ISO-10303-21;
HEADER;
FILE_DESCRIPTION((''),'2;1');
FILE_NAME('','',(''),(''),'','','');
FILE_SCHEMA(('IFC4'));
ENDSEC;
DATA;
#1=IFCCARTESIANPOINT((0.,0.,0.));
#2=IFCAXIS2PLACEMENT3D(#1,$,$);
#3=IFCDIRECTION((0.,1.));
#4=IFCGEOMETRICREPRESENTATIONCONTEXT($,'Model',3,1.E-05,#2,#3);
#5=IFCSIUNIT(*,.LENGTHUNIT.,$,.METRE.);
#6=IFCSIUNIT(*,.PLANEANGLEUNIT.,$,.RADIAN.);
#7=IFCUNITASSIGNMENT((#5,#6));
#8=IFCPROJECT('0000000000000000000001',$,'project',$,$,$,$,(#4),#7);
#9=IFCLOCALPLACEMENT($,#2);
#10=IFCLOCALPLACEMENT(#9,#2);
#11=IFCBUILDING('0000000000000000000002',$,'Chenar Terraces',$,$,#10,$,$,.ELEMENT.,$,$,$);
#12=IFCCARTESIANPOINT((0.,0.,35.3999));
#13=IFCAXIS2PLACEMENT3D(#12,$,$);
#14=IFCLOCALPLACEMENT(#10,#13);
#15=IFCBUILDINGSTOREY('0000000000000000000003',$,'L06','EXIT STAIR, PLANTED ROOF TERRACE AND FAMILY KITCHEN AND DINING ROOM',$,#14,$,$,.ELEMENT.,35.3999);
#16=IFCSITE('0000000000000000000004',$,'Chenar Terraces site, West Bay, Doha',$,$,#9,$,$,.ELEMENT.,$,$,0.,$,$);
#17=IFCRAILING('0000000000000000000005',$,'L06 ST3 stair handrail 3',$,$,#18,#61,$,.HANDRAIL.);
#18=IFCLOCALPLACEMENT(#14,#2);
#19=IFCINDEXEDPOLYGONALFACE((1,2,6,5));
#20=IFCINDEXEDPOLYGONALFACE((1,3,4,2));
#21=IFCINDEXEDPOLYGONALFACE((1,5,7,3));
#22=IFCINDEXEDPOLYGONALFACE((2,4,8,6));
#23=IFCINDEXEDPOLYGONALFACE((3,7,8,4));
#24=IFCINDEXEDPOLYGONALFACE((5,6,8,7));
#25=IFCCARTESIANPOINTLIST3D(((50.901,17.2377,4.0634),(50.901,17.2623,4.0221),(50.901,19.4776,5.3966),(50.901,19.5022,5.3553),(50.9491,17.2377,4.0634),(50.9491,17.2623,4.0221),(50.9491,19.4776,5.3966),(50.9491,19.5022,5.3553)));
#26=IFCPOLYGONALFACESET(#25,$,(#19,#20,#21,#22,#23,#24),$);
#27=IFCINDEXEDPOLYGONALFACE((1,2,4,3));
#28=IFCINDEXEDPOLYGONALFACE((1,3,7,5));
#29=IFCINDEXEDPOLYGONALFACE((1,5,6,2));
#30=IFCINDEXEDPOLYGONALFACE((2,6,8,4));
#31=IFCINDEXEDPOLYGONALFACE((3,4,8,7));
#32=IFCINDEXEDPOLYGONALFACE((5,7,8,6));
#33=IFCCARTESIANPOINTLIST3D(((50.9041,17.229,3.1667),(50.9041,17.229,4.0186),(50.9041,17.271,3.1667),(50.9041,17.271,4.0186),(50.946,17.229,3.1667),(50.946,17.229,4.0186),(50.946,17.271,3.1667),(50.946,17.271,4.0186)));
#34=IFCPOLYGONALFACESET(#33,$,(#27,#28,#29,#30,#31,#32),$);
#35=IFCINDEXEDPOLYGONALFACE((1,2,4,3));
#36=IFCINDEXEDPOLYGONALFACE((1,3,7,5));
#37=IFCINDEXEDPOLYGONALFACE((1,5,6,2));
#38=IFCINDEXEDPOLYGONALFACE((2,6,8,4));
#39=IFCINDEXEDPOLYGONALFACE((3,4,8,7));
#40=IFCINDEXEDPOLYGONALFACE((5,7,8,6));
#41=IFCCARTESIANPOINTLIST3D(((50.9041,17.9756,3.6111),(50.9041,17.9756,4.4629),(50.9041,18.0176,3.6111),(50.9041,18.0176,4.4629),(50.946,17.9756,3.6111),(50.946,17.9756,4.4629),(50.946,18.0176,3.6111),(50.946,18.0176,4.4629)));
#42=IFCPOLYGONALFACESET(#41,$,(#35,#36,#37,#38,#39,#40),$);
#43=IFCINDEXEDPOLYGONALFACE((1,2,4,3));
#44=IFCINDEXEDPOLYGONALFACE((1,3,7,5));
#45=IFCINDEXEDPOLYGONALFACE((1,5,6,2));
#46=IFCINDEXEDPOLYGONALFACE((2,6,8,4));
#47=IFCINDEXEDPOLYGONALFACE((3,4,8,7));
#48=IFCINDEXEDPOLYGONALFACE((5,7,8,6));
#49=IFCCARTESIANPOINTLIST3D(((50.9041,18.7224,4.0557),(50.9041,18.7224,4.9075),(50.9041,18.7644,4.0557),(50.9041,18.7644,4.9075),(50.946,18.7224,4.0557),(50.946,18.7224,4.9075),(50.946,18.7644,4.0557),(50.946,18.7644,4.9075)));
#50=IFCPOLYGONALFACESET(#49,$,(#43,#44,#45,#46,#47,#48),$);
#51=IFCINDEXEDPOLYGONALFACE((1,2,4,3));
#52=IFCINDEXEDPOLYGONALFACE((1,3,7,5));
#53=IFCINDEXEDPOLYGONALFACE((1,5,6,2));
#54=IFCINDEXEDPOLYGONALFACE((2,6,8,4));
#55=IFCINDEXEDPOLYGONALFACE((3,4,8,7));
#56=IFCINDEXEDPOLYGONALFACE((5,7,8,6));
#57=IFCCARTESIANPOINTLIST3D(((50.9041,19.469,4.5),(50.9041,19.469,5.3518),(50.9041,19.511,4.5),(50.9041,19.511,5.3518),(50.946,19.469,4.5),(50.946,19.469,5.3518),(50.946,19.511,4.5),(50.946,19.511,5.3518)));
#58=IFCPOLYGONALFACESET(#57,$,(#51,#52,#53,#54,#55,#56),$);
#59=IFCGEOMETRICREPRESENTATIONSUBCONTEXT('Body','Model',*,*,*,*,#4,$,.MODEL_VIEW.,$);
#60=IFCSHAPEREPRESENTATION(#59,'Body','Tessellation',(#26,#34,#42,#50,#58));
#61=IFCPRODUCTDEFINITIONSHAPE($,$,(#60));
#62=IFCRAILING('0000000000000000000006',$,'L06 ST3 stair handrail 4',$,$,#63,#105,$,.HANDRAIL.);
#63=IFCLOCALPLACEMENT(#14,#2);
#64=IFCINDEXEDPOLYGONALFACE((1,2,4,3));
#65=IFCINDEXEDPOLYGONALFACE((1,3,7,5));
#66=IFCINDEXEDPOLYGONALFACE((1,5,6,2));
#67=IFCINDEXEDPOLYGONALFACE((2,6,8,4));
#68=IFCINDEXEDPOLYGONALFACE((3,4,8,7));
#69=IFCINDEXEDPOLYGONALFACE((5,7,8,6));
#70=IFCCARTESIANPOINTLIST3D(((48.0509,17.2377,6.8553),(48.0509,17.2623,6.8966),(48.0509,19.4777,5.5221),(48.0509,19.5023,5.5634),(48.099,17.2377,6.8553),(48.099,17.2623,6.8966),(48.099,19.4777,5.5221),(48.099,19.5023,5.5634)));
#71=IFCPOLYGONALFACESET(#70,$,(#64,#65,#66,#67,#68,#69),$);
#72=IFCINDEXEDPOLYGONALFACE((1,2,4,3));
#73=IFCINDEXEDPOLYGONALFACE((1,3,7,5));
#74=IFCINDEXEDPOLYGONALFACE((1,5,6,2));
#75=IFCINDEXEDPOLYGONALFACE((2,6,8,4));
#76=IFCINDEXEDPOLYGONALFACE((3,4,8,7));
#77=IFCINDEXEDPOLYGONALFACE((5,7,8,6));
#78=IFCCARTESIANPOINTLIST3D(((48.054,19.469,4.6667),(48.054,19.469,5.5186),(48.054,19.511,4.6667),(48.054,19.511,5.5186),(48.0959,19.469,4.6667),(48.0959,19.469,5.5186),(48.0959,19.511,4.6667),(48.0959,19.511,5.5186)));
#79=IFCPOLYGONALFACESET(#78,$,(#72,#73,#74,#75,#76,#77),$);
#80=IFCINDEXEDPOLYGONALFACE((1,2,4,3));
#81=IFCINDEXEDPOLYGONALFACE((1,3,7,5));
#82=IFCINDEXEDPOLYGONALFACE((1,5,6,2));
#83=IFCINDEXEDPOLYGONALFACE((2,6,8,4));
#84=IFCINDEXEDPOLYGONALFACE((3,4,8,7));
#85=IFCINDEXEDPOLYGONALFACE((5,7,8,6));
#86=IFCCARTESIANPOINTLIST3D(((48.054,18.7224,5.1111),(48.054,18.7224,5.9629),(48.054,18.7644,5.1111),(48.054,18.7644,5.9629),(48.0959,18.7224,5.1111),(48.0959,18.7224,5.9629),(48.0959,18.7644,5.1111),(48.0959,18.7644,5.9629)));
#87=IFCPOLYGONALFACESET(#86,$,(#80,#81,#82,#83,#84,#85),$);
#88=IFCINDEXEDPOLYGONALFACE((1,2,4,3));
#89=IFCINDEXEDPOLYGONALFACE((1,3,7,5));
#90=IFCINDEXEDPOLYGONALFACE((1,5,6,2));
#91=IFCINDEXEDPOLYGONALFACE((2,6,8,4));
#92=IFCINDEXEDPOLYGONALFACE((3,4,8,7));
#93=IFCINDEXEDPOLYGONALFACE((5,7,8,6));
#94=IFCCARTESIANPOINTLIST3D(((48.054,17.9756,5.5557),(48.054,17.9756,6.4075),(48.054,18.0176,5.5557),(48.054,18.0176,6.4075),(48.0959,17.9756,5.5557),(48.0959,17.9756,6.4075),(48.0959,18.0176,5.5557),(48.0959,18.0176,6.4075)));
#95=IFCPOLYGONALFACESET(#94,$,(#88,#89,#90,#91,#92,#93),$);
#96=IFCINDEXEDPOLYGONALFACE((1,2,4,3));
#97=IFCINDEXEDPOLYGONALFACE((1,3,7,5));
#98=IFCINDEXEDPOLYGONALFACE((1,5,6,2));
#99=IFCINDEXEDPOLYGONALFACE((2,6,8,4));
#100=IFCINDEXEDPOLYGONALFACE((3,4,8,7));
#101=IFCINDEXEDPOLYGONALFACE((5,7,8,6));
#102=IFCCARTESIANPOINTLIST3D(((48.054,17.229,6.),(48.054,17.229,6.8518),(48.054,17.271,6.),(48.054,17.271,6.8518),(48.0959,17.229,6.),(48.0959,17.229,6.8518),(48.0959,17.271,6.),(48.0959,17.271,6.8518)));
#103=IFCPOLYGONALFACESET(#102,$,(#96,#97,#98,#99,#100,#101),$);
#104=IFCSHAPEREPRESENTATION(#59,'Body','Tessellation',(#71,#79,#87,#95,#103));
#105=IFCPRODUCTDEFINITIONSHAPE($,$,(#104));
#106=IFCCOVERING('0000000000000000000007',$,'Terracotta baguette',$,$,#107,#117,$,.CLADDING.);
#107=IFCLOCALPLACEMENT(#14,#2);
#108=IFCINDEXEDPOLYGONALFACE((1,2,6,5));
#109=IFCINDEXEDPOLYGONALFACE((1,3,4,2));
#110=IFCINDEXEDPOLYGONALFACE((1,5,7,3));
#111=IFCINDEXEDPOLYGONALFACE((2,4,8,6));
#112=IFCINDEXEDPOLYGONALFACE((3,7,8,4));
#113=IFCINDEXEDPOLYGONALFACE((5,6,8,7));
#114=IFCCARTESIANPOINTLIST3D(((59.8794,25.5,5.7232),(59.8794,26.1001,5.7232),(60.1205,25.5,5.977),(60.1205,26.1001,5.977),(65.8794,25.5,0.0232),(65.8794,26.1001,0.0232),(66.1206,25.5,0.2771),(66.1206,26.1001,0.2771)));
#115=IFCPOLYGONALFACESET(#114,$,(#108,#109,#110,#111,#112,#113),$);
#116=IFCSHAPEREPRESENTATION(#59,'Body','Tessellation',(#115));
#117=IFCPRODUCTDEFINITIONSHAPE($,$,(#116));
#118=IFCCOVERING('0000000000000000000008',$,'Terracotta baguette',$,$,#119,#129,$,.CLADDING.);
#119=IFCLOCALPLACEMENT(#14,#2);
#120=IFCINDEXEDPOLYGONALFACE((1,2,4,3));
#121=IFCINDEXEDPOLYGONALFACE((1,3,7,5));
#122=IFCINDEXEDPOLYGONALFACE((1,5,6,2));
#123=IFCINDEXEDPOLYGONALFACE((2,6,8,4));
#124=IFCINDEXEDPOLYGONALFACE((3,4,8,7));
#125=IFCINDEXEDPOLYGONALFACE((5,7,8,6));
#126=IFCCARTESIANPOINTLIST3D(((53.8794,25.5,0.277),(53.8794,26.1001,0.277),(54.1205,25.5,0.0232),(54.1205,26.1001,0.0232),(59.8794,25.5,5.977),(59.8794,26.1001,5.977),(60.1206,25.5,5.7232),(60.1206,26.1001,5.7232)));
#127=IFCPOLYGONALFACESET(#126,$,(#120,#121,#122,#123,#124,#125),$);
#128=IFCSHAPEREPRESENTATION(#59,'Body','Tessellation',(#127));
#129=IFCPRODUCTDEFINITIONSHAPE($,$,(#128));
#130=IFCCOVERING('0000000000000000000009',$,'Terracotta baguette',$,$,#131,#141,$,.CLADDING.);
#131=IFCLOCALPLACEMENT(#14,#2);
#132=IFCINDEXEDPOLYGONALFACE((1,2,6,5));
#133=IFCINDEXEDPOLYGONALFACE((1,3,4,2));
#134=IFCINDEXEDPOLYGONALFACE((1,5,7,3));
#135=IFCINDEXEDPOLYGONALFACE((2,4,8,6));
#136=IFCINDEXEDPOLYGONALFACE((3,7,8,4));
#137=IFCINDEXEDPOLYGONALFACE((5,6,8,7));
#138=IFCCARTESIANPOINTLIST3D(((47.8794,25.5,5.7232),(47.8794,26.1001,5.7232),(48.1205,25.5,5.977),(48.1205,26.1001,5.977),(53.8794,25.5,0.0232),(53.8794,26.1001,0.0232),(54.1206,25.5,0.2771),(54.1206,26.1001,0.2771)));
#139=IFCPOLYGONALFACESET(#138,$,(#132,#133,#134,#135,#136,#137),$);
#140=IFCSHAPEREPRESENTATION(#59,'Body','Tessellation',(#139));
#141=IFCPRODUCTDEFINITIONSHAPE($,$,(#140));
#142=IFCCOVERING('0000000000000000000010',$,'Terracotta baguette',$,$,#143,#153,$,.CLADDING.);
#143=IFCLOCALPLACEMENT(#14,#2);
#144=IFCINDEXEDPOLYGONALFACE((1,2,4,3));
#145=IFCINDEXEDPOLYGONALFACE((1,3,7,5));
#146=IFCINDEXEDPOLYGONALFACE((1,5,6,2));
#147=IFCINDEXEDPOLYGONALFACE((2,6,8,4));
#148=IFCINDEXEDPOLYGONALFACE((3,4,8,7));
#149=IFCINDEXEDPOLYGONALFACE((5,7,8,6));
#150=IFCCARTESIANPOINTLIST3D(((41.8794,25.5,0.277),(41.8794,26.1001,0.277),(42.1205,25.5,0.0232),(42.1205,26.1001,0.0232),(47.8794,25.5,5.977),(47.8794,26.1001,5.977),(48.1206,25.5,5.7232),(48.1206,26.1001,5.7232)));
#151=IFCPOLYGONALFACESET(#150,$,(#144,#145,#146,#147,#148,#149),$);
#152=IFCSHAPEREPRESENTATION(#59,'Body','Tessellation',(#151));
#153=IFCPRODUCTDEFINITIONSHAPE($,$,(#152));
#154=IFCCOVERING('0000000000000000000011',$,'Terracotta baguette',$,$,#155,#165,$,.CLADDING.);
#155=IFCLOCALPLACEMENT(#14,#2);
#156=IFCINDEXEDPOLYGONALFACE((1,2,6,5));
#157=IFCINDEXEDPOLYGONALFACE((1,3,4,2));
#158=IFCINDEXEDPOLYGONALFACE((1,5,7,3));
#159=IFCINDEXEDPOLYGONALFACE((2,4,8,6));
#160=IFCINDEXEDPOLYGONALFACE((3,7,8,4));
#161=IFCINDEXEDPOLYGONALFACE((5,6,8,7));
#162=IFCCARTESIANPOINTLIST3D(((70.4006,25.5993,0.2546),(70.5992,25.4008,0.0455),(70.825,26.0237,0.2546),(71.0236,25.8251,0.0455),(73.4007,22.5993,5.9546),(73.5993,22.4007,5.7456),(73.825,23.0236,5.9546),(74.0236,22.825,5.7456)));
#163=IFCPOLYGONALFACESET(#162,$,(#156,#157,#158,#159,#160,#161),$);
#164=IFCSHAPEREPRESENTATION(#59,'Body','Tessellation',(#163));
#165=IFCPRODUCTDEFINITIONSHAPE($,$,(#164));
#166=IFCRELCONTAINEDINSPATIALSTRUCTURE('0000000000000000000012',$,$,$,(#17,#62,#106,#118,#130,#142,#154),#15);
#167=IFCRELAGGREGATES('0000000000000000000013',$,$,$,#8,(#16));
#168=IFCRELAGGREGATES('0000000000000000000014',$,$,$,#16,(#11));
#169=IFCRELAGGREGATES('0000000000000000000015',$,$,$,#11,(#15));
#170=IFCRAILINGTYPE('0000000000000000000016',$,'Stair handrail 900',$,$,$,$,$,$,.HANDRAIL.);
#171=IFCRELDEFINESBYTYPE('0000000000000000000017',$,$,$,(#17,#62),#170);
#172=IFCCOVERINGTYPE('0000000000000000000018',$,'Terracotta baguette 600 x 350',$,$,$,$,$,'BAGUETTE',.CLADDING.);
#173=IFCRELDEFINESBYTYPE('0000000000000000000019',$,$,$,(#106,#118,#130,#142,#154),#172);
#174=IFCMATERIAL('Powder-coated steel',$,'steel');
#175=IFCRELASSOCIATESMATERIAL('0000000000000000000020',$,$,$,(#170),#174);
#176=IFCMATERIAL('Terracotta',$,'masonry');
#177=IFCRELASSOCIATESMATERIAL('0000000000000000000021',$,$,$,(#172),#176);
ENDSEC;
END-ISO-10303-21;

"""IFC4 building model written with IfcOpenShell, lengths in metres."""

from ifc_helpers import new_model, si_unit, direction, frame, origin, origin_2d, place, context, subcontext, project, spatial, rectangle, extrude, material, material_profile, profile_set, type_object, element, save


model = new_model("IFC4")

# Units and contexts
model_context = context("Model", 3, precision=1e-05, world=origin(), true_north=direction((0.0, 1.0)))
body_context = subcontext(model_context, "Body", "Model", "MODEL_VIEW")
ifc_project = project(units=[si_unit("LENGTHUNIT", "METRE"), si_unit("PLANEANGLEUNIT", "RADIAN")], contexts=[model_context])

# Site, building, storey
site_placement = place(None, origin())
site = spatial("IfcSite", under=ifc_project, at=site_placement, Name="Chenar Terraces site, West Bay, Doha", CompositionType="ELEMENT", RefElevation=0.0)
building_placement = place(site_placement, origin())
building = spatial("IfcBuilding", under=site, at=building_placement, Name="Chenar Terraces", CompositionType="ELEMENT")
storey_placement = place(building_placement, frame((0.0, 0.0, 35.3999)))
storey = spatial("IfcBuildingStorey", under=building, at=storey_placement, Name="L06", Description="EXIT STAIR, PLANTED ROOF TERRACE AND FAMILY KITCHEN AND DINING ROOM", CompositionType="ELEMENT", Elevation=35.3999)

# Railings
ifc_material_1 = material(Name="Powder-coated steel", Category="steel")
railing_type_1 = type_object("IfcRailingType", Name="Stair handrail 900", PredefinedType="HANDRAIL", material=ifc_material_1)
railing_1_placement = place(storey_placement, frame((50.925, 17.25, 3.1667)))
element("IfcRailing", 1, at=railing_1_placement, inside=storey, type_object=railing_type_1, Name="L06 ST3 stair handrail 3", PredefinedType="HANDRAIL", context=body_context, shape_type="SweptSolid", body=[
    extrude(rectangle(XDim=0.0481, YDim=0.0481, at=origin_2d()), frame((0.0, 0.0, 0.876), z_axis=(0.0, 0.859306, 0.511462), x_axis=(-1.0, 0.0, 0.0)), (0.0, 0.0, 1.0), 2.6067),
    extrude(rectangle(XDim=0.042, YDim=0.042, at=origin_2d()), origin(), (0.0, 0.0, 1.0), 0.8518),
    extrude(rectangle(XDim=0.042, YDim=0.042, at=origin_2d()), frame((0.0, 0.7466, 0.4443)), (0.0, 0.0, 1.0), 0.8518),
    extrude(rectangle(XDim=0.042, YDim=0.042, at=origin_2d()), frame((0.0, 1.4934, 0.8889)), (0.0, 0.0, 1.0), 0.8518),
    extrude(rectangle(XDim=0.042, YDim=0.042, at=origin_2d()), frame((0.0, 2.24, 1.3333)), (0.0, 0.0, 1.0), 0.8518),
])
railing_2_placement = place(storey_placement, frame((48.075, 19.49, 4.6667)))
element("IfcRailing", 2, at=railing_2_placement, inside=storey, type_object=railing_type_1, Name="L06 ST3 stair handrail 4", PredefinedType="HANDRAIL", context=body_context, shape_type="SweptSolid", body=[
    extrude(rectangle(XDim=0.0481, YDim=0.0481, at=origin_2d()), frame((0.0, 0.0, 0.876), z_axis=(0.0, -0.859306, 0.511462), x_axis=(1.0, 0.0, 0.0)), (0.0, 0.0, 1.0), 2.6067),
    extrude(rectangle(XDim=0.042, YDim=0.042, at=origin_2d()), origin(), (0.0, 0.0, 1.0), 0.8518),
    extrude(rectangle(XDim=0.042, YDim=0.042, at=origin_2d()), frame((0.0, -0.7466, 0.4443)), (0.0, 0.0, 1.0), 0.8518),
    extrude(rectangle(XDim=0.042, YDim=0.042, at=origin_2d()), frame((0.0, -1.4934, 0.8889)), (0.0, 0.0, 1.0), 0.8518),
    extrude(rectangle(XDim=0.042, YDim=0.042, at=origin_2d()), frame((0.0, -2.24, 1.3333)), (0.0, 0.0, 1.0), 0.8518),
])

# Coverings
ifc_material_2 = material(Name="Terracotta", Category="masonry")
ifc_material_profile_1 = material_profile(ifc_material_2, rectangle(XDim=0.6001, YDim=0.3501, at=origin_2d()), Name="Terracotta baguette 600 x 350")
ifc_profile_set_1 = profile_set([ifc_material_profile_1], Name="Terracotta")
covering_type = type_object("IfcCoveringType", Name="Terracotta baguette 600 x 350", ElementType="BAGUETTE", PredefinedType="CLADDING", material=ifc_profile_set_1)
for number, where, z_axis, x_axis, name in (
    (3, (66.0, 25.8, 0.1501), (-0.725002, 0.0, 0.688746), (0.0, -1.0, 0.0), "Terracotta baguette"),
    (4, (60.0, 25.8, 5.8501), (-0.725002, 0.0, -0.688746), (0.0, -1.0, 0.0), "Terracotta baguette"),
    (5, (54.0, 25.8, 0.1501), (-0.725002, 0.0, 0.688746), (0.0, -1.0, 0.0), "Terracotta baguette"),
    (6, (48.0, 25.8, 5.8501), (-0.725002, 0.0, -0.688746), (0.0, -1.0, 0.0), "Terracotta baguette"),
):
    element("IfcCovering", number, at=place(storey_placement, frame(where, z_axis=z_axis, x_axis=x_axis)), inside=storey, type_object=covering_type, Name=name, PredefinedType="CLADDING", context=body_context, shape_type="SweptSolid", body=[
        extrude(rectangle(XDim=0.6001, YDim=0.3501, at=origin_2d()), origin(), (0.0, 0.0, 1.0), 8.2759),
    ])
covering_placement = place(storey_placement, frame((73.7122, 22.7122, 5.8501), z_axis=(-0.422203, 0.422203, -0.802178), x_axis=(-0.707107, -0.707107, 0.0)))
element("IfcCovering", 7, at=covering_placement, inside=storey, type_object=covering_type, Name="Terracotta baguette", PredefinedType="CLADDING", context=body_context, shape_type="SweptSolid", body=[
    extrude(rectangle(XDim=0.6001, YDim=0.3501, at=origin_2d()), origin(), (0.0, 0.0, 1.0), 7.1057),
])

save(model, "model.ifc")
